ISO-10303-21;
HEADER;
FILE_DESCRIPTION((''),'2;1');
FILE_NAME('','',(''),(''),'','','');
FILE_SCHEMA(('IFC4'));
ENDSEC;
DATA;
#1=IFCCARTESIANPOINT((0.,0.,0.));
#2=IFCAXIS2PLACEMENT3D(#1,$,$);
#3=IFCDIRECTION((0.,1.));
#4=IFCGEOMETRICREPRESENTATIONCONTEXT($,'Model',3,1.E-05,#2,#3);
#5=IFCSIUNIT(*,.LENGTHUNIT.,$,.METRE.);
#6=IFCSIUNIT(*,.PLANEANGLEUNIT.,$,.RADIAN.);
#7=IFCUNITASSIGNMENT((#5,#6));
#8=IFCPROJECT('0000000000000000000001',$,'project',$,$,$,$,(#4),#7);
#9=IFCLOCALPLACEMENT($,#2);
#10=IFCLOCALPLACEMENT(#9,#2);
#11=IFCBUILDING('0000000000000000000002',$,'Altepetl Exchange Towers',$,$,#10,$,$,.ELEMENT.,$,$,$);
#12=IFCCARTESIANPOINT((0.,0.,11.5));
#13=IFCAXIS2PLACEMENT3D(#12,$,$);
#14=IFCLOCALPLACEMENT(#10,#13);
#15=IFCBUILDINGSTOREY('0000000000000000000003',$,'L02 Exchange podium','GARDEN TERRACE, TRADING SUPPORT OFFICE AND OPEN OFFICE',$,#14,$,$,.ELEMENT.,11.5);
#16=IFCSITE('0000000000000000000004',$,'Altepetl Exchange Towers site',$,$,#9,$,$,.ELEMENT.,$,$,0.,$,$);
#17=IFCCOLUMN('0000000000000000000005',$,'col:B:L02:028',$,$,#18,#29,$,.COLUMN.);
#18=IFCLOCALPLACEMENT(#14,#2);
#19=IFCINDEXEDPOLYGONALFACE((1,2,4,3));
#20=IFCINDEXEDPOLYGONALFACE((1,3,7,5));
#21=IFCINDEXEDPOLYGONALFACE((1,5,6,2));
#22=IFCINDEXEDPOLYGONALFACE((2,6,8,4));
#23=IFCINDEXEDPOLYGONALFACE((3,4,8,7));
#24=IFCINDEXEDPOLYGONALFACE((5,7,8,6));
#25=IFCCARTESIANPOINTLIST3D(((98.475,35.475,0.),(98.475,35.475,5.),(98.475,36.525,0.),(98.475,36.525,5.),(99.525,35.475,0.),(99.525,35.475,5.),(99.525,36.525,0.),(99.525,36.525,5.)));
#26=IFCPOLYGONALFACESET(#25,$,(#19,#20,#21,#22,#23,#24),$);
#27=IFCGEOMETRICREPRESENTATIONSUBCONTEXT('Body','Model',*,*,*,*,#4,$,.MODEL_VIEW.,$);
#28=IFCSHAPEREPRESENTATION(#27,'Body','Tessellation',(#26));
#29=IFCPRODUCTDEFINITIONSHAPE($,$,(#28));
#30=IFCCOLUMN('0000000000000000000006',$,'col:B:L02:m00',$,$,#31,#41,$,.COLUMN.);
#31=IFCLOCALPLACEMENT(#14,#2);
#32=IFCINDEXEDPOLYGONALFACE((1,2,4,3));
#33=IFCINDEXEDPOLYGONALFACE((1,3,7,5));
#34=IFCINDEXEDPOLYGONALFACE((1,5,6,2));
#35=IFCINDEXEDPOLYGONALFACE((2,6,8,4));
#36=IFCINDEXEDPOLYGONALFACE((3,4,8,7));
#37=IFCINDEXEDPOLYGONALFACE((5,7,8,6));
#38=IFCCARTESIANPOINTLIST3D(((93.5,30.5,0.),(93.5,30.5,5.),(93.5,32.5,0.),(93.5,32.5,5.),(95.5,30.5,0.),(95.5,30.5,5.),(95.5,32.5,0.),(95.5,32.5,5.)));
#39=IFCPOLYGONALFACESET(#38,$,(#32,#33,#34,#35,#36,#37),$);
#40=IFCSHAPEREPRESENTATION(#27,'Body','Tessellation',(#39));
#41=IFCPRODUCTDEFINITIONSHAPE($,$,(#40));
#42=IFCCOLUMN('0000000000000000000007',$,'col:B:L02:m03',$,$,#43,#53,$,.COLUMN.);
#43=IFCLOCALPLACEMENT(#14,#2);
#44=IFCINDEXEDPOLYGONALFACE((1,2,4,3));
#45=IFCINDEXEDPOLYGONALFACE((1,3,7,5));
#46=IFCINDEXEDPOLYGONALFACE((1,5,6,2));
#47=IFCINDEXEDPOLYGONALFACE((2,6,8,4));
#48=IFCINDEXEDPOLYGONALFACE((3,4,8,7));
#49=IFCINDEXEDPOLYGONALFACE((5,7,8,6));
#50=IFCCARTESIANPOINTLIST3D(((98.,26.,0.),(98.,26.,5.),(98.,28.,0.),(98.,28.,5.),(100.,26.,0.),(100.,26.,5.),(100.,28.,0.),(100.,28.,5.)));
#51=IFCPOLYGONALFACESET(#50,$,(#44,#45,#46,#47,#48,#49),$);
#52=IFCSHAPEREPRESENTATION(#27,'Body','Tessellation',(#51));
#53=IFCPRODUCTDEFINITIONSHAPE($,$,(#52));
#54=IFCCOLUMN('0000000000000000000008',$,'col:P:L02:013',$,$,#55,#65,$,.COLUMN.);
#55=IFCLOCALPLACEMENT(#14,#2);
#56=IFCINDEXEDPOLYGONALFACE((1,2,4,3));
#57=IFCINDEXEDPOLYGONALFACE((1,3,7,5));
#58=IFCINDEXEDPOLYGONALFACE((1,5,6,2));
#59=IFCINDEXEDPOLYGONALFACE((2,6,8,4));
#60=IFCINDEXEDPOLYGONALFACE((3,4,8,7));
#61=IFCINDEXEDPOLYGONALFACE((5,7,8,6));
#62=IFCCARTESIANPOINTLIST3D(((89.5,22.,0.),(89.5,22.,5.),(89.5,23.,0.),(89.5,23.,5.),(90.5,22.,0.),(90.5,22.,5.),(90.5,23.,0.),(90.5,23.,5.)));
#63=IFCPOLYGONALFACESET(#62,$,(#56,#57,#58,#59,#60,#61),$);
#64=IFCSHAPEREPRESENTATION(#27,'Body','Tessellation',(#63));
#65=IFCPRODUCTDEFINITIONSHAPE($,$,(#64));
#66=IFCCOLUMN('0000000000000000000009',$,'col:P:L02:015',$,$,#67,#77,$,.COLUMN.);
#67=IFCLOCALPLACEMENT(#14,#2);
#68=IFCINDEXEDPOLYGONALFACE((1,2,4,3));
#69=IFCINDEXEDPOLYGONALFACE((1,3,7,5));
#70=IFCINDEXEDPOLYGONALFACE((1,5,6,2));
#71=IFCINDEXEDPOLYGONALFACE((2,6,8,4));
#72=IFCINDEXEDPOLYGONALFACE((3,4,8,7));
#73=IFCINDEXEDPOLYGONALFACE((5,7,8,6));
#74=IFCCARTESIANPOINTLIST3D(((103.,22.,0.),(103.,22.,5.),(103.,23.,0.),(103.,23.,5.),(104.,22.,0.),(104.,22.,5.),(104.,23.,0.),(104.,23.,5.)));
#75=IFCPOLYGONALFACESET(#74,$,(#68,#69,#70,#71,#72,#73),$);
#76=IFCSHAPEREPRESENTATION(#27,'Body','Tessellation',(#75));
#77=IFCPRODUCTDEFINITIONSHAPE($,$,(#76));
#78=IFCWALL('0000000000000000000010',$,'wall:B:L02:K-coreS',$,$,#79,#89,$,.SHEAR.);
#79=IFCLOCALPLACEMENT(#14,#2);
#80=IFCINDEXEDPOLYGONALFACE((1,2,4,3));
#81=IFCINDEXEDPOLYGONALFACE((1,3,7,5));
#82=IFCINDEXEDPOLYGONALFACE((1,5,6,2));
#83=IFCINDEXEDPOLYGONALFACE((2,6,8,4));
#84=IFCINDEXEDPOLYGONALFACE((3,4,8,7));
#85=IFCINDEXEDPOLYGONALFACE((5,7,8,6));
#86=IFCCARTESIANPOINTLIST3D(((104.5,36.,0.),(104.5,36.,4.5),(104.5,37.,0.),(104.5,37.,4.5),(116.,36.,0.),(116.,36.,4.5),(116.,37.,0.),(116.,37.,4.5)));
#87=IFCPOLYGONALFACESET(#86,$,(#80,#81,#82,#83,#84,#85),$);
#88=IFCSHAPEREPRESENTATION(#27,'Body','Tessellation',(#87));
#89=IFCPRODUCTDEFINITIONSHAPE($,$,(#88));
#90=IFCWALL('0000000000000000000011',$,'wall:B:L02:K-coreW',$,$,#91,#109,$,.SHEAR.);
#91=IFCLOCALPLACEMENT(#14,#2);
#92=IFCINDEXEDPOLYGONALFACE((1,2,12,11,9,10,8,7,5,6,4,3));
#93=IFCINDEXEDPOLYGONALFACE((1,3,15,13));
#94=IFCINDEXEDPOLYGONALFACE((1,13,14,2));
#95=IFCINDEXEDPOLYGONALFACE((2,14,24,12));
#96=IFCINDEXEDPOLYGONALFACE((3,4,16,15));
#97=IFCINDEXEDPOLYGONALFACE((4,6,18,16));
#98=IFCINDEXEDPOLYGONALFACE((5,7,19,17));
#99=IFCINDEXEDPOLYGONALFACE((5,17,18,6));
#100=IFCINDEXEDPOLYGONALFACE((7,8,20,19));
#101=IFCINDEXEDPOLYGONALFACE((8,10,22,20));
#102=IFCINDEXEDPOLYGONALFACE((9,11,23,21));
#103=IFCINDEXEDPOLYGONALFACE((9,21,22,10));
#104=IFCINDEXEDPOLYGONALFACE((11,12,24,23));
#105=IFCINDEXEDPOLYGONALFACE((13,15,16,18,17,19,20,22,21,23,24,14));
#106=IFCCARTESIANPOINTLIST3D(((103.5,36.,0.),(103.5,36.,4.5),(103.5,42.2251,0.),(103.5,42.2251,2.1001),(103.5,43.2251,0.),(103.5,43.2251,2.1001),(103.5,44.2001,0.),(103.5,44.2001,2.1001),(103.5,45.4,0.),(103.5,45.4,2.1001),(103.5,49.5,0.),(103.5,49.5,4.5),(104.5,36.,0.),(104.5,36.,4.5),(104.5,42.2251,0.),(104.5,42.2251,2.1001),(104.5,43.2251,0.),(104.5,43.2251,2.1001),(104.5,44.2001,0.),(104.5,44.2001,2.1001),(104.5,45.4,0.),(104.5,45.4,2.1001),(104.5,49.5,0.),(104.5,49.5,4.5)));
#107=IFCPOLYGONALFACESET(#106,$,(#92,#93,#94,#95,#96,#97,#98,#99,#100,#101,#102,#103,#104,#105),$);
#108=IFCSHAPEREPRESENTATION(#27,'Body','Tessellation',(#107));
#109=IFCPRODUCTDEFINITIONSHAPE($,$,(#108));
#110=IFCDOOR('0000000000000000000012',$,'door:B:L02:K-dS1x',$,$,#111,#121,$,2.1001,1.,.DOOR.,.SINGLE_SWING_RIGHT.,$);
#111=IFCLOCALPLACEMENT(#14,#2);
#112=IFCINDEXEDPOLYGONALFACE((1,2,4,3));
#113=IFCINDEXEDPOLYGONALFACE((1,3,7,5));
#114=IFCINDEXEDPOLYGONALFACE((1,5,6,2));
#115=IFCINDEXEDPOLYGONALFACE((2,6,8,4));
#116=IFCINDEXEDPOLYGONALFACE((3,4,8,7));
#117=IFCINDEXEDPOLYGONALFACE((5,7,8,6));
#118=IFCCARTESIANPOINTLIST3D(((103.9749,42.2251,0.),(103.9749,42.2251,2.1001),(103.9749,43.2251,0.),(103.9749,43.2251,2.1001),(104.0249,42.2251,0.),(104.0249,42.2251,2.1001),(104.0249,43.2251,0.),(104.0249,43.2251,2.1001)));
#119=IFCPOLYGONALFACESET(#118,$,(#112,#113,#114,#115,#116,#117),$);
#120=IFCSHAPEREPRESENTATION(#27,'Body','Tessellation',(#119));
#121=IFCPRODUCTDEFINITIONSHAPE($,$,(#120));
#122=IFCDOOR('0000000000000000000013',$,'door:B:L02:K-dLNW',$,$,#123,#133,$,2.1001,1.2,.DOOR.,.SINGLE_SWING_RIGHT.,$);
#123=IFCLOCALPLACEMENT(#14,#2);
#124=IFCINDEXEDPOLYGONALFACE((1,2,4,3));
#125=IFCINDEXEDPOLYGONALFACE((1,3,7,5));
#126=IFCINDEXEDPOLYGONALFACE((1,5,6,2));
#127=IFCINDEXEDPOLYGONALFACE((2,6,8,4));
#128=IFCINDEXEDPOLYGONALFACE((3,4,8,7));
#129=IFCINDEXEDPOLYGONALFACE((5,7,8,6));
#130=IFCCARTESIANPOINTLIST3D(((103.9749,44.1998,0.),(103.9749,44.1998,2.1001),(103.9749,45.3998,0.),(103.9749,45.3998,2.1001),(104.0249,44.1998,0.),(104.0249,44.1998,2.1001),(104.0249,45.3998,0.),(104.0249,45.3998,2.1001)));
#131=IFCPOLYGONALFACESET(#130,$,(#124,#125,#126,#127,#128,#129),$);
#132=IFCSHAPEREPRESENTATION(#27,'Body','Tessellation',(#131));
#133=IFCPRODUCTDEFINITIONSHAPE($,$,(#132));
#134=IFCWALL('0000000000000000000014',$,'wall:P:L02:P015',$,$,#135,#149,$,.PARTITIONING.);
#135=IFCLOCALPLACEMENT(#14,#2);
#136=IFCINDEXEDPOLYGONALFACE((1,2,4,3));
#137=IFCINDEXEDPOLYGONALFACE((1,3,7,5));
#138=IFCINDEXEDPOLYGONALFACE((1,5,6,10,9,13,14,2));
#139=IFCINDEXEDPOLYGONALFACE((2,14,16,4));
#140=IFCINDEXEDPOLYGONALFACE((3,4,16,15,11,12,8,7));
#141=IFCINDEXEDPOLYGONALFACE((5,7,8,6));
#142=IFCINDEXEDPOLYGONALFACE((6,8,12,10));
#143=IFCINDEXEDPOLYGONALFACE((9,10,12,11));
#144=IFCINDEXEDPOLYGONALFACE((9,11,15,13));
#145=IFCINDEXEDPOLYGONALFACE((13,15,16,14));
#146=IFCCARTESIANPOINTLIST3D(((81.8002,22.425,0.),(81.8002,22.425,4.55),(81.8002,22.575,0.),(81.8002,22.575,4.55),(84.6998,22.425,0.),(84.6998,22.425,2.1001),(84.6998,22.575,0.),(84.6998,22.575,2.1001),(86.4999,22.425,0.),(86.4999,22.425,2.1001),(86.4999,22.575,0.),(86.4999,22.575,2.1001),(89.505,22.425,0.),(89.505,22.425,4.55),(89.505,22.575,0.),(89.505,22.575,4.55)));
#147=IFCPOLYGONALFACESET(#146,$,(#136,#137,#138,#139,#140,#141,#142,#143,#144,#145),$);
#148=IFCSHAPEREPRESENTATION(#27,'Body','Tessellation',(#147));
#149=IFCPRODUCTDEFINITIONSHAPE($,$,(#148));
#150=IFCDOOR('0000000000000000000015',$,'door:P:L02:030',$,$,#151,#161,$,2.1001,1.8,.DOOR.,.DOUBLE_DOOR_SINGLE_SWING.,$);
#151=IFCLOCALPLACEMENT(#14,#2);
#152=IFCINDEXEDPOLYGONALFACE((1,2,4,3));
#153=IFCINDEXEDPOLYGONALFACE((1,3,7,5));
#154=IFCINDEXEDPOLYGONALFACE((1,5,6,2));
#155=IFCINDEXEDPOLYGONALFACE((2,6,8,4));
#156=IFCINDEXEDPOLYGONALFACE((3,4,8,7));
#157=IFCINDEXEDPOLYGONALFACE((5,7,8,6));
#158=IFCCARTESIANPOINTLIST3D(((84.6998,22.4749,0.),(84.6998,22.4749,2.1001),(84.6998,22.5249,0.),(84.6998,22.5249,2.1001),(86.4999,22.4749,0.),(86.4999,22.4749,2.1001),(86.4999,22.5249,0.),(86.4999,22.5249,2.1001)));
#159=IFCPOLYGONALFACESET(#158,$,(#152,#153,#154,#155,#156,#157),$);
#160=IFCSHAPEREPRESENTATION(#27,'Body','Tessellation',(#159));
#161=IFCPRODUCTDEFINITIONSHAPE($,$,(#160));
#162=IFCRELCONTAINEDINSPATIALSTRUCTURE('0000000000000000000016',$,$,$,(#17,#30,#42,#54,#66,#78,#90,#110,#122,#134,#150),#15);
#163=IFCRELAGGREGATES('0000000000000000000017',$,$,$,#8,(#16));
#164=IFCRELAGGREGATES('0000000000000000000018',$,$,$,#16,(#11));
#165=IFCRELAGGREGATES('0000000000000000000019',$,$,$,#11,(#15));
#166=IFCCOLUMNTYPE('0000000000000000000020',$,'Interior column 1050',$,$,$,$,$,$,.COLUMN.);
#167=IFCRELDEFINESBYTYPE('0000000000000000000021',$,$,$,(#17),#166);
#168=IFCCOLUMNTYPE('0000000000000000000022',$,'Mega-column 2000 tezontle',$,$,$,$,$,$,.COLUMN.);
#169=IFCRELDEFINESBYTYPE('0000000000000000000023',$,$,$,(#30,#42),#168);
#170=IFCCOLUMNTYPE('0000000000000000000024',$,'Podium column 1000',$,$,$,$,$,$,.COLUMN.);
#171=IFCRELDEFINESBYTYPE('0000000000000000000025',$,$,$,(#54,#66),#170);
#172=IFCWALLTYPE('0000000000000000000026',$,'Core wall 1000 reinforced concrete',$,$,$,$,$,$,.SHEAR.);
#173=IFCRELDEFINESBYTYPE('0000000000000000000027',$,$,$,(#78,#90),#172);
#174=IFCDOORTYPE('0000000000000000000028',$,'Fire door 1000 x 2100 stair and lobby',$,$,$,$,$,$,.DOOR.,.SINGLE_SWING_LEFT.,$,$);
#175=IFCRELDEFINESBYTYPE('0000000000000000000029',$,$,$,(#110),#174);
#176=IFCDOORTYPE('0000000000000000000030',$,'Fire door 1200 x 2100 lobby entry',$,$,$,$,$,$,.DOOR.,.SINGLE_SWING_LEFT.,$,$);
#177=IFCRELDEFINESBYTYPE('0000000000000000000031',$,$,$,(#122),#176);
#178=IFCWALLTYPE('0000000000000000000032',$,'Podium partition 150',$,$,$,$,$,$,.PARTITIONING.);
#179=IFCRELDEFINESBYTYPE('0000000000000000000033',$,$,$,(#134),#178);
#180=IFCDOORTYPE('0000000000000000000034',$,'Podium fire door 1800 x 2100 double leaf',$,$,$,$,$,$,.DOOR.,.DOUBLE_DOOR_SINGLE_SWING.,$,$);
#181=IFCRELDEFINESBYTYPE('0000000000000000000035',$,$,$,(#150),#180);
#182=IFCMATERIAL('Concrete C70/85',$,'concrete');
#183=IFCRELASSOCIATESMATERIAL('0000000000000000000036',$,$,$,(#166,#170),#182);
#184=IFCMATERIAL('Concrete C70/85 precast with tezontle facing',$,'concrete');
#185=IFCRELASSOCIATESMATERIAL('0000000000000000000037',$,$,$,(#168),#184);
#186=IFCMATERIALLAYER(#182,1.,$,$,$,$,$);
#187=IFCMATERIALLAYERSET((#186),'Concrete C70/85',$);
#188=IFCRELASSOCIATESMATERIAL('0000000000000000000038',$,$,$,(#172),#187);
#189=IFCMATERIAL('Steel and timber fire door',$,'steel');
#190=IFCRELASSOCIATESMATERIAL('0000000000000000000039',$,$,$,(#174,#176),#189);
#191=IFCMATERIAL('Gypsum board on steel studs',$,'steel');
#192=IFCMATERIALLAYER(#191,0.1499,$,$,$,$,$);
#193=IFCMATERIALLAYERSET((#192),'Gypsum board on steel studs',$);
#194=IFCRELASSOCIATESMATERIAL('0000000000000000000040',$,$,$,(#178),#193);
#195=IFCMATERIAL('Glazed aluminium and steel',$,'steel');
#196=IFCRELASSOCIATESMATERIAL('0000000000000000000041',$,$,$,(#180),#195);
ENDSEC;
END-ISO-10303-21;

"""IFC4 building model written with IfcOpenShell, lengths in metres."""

from ifc_helpers import new_model, si_unit, direction, frame, frame_2d, origin, origin_2d, place, context, subcontext, project, spatial, rectangle, extrude, material, layer, layer_set, material_profile, profile_set, type_object, element, fill, save


model = new_model("IFC4")

# Units and contexts
model_context = context("Model", 3, precision=1e-05, world=origin(), true_north=direction((0.0, 1.0)))
body_context = subcontext(model_context, "Body", "Model", "MODEL_VIEW")
ifc_project = project(units=[si_unit("LENGTHUNIT", "METRE"), si_unit("PLANEANGLEUNIT", "RADIAN")], contexts=[model_context])

# Site, building, storey
site_placement = place(None, origin())
site = spatial("IfcSite", under=ifc_project, at=site_placement, Name="Altepetl Exchange Towers site", CompositionType="ELEMENT", RefElevation=0.0)
building_placement = place(site_placement, origin())
building = spatial("IfcBuilding", under=site, at=building_placement, Name="Altepetl Exchange Towers", CompositionType="ELEMENT")
storey_placement = place(building_placement, frame((0.0, 0.0, 11.5)))
storey = spatial("IfcBuildingStorey", under=building, at=storey_placement, Name="L02 Exchange podium", Description="GARDEN TERRACE, TRADING SUPPORT OFFICE AND OPEN OFFICE", CompositionType="ELEMENT", Elevation=11.5)

# Columns
ifc_material_1 = material(Name="Concrete C70/85", Category="concrete")
ifc_material_profile_1 = material_profile(ifc_material_1, rectangle(XDim=1.05, YDim=1.05, at=origin_2d()), Name="1050 x 1050")
ifc_profile_set_1 = profile_set([ifc_material_profile_1], Name="Concrete C70/85")
column_type_1 = type_object("IfcColumnType", Name="Interior column 1050", PredefinedType="COLUMN", material=ifc_profile_set_1)
column_placement = place(storey_placement, frame((99.0, 36.0, 0.0)))
element("IfcColumn", 1, at=column_placement, inside=storey, type_object=column_type_1, Name="col:B:L02:028", PredefinedType="COLUMN", context=body_context, shape_type="SweptSolid", body=[
    extrude(rectangle(XDim=1.05, YDim=1.05, at=origin_2d()), origin(), (0.0, 0.0, 1.0), 5.0),
])
ifc_material_2 = material(Name="Concrete C70/85 precast with tezontle facing", Category="concrete")
ifc_material_profile_2 = material_profile(ifc_material_2, rectangle(XDim=2.0, YDim=2.0, at=origin_2d()), Name="2000 x 2000")
ifc_profile_set_2 = profile_set([ifc_material_profile_2], Name="Concrete C70/85 precast with tezontle facing")
column_type_2 = type_object("IfcColumnType", Name="Mega-column 2000 tezontle", PredefinedType="COLUMN", material=ifc_profile_set_2)
for number, where, name in (
    (2, (94.5, 31.5, 0.0), "col:B:L02:m00"),
    (3, (99.0, 27.0, 0.0), "col:B:L02:m03"),
):
    element("IfcColumn", number, at=place(storey_placement, frame(where)), inside=storey, type_object=column_type_2, Name=name, PredefinedType="COLUMN", context=body_context, shape_type="SweptSolid", body=[
        extrude(rectangle(XDim=2.0, YDim=2.0, at=origin_2d()), origin(), (0.0, 0.0, 1.0), 5.0),
    ])
ifc_material_profile_3 = material_profile(ifc_material_1, rectangle(XDim=1.0, YDim=1.0, at=origin_2d()), Name="1000 x 1000")
ifc_profile_set_3 = profile_set([ifc_material_profile_3], Name="Concrete C70/85")
column_type_3 = type_object("IfcColumnType", Name="Podium column 1000", PredefinedType="COLUMN", material=ifc_profile_set_3)
for number, where, name in (
    (4, (90.0, 22.5, 0.0), "col:P:L02:013"),
    (5, (103.5, 22.5, 0.0), "col:P:L02:015"),
):
    element("IfcColumn", number, at=place(storey_placement, frame(where)), inside=storey, type_object=column_type_3, Name=name, PredefinedType="COLUMN", context=body_context, shape_type="SweptSolid", body=[
        extrude(rectangle(XDim=1.0, YDim=1.0, at=origin_2d()), origin(), (0.0, 0.0, 1.0), 5.0),
    ])

# Wall
ifc_layer_1 = layer(ifc_material_1, 1.0)
ifc_layer_set_1 = layer_set([ifc_layer_1], Name="Concrete C70/85")
wall_type_1 = type_object("IfcWallType", Name="Core wall 1000 reinforced concrete", PredefinedType="SHEAR", material=ifc_layer_set_1)
wall_1_placement = place(storey_placement, frame((104.5, 36.5, 0.0)))
element("IfcWall", 6, at=wall_1_placement, inside=storey, type_object=wall_type_1, Name="wall:B:L02:K-coreS", PredefinedType="SHEAR", context=body_context, shape_type="SweptSolid", body=[
    extrude(rectangle(XDim=11.5, YDim=1.0, at=frame_2d((5.75, 0.0))), origin(), (0.0, 0.0, 1.0), 4.5),
])

# Wall, openings, doors
wall_2_placement = place(storey_placement, frame((104.0, 36.0, 0.0), z_axis=(0.0, 0.0, 1.0), x_axis=(0.0, 1.0, 0.0)))
wall_2 = element("IfcWall", 7, at=wall_2_placement, inside=storey, type_object=wall_type_1, Name="wall:B:L02:K-coreW", PredefinedType="SHEAR", context=body_context, shape_type="SweptSolid", body=[
    extrude(rectangle(XDim=13.5, YDim=1.0, at=frame_2d((6.75, 0.0))), origin(), (0.0, 0.0, 1.0), 4.5),
])
opening_1_placement = place(wall_2_placement, frame((8.2, 0.0, 0.0)))
opening_1 = element("IfcOpeningElement", 8, at=opening_1_placement, cuts=wall_2, PredefinedType="OPENING", context=body_context, shape_type="SweptSolid", body=[
    extrude(rectangle(XDim=1.2, YDim=2.1001, at=frame_2d((0.6001, 1.05))), frame((0.0, 0.51, 0.0), z_axis=(0.0, -1.0, 0.0), x_axis=(1.0, 0.0, 0.0)), (0.0, 0.0, 1.0), 1.02),
])
opening_2_placement = place(wall_2_placement, frame((6.2251, 0.0, 0.0)))
opening_2 = element("IfcOpeningElement", 9, at=opening_2_placement, cuts=wall_2, PredefinedType="OPENING", context=body_context, shape_type="SweptSolid", body=[
    extrude(rectangle(XDim=1.0, YDim=2.1001, at=frame_2d((0.5, 1.05))), frame((0.0, 0.51, 0.0), z_axis=(0.0, -1.0, 0.0), x_axis=(1.0, 0.0, 0.0)), (0.0, 0.0, 1.0), 1.02),
])
ifc_material_3 = material(Name="Steel and timber fire door", Category="steel")
door_type_1 = type_object("IfcDoorType", Name="Fire door 1000 x 2100 stair and lobby", OperationType="SINGLE_SWING_LEFT", PredefinedType="DOOR", material=ifc_material_3)
door_1_placement = place(opening_2_placement, frame((1.0, 0.0, 0.0), x_axis=(-1.0, 0.0, 0.0)))
door_1 = element("IfcDoor", 10, at=door_1_placement, inside=storey, type_object=door_type_1, Name="door:B:L02:K-dS1x", OperationType="SINGLE_SWING_RIGHT", OverallHeight=2.1001, OverallWidth=1.0, PredefinedType="DOOR", context=body_context, shape_type="SweptSolid", body=[
    extrude(rectangle(XDim=1.0, YDim=2.1001, at=frame_2d((0.5, 1.05))), frame((0.0, 0.0249, 0.0), z_axis=(0.0, -1.0, 0.0), x_axis=(1.0, 0.0, 0.0)), (0.0, 0.0, 1.0), 0.05),
])
fill(opening_2, door_1)
door_type_2 = type_object("IfcDoorType", Name="Fire door 1200 x 2100 lobby entry", OperationType="SINGLE_SWING_LEFT", PredefinedType="DOOR", material=ifc_material_3)
door_2_placement = place(opening_1_placement, frame((1.2, 0.0, 0.0), x_axis=(-1.0, 0.0, 0.0)))
door_2 = element("IfcDoor", 11, at=door_2_placement, inside=storey, type_object=door_type_2, Name="door:B:L02:K-dLNW", OperationType="SINGLE_SWING_RIGHT", OverallHeight=2.1001, OverallWidth=1.2, PredefinedType="DOOR", context=body_context, shape_type="SweptSolid", body=[
    extrude(rectangle(XDim=1.2, YDim=2.1001, at=frame_2d((0.6001, 1.05))), frame((0.0, 0.0249, 0.0), z_axis=(0.0, -1.0, 0.0), x_axis=(1.0, 0.0, 0.0)), (0.0, 0.0, 1.0), 0.05),
])
fill(opening_1, door_2)

# Wall, opening, door
ifc_material_4 = material(Name="Gypsum board on steel studs", Category="steel")
ifc_layer_2 = layer(ifc_material_4, 0.1499)
ifc_layer_set_2 = layer_set([ifc_layer_2], Name="Gypsum board on steel studs")
wall_type_2 = type_object("IfcWallType", Name="Podium partition 150", PredefinedType="PARTITIONING", material=ifc_layer_set_2)
wall_3_placement = place(storey_placement, frame((81.8, 22.5, 0.0)))
wall_3 = element("IfcWall", 12, at=wall_3_placement, inside=storey, type_object=wall_type_2, Name="wall:P:L02:P015", PredefinedType="PARTITIONING", context=body_context, shape_type="SweptSolid", body=[
    extrude(rectangle(XDim=7.7048, YDim=0.1499, at=frame_2d((3.8525, 0.0))), origin(), (0.0, 0.0, 1.0), 4.55),
])
opening_3_placement = place(wall_3_placement, frame((2.8999, 0.0, 0.0)))
opening_3 = element("IfcOpeningElement", 13, at=opening_3_placement, cuts=wall_3, PredefinedType="OPENING", context=body_context, shape_type="SweptSolid", body=[
    extrude(rectangle(XDim=1.8, YDim=2.1001, at=frame_2d((0.8999, 1.05))), frame((0.0, 0.085, 0.0), z_axis=(0.0, -1.0, 0.0), x_axis=(1.0, 0.0, 0.0)), (0.0, 0.0, 1.0), 0.1699),
])
ifc_material_5 = material(Name="Glazed aluminium and steel", Category="steel")
door_type_3 = type_object("IfcDoorType", Name="Podium fire door 1800 x 2100 double leaf", OperationType="DOUBLE_DOOR_SINGLE_SWING", PredefinedType="DOOR", material=ifc_material_5)
door_3_placement = place(opening_3_placement, origin())
door_3 = element("IfcDoor", 14, at=door_3_placement, inside=storey, type_object=door_type_3, Name="door:P:L02:030", OperationType="DOUBLE_DOOR_SINGLE_SWING", OverallHeight=2.1001, OverallWidth=1.8, PredefinedType="DOOR", context=body_context, shape_type="SweptSolid", body=[
    extrude(rectangle(XDim=1.8, YDim=2.1001, at=frame_2d((0.8999, 1.05))), frame((0.0, 0.0249, 0.0), z_axis=(0.0, -1.0, 0.0), x_axis=(1.0, 0.0, 0.0)), (0.0, 0.0, 1.0), 0.05),
])
fill(opening_3, door_3)

save(model, "model.ifc")
